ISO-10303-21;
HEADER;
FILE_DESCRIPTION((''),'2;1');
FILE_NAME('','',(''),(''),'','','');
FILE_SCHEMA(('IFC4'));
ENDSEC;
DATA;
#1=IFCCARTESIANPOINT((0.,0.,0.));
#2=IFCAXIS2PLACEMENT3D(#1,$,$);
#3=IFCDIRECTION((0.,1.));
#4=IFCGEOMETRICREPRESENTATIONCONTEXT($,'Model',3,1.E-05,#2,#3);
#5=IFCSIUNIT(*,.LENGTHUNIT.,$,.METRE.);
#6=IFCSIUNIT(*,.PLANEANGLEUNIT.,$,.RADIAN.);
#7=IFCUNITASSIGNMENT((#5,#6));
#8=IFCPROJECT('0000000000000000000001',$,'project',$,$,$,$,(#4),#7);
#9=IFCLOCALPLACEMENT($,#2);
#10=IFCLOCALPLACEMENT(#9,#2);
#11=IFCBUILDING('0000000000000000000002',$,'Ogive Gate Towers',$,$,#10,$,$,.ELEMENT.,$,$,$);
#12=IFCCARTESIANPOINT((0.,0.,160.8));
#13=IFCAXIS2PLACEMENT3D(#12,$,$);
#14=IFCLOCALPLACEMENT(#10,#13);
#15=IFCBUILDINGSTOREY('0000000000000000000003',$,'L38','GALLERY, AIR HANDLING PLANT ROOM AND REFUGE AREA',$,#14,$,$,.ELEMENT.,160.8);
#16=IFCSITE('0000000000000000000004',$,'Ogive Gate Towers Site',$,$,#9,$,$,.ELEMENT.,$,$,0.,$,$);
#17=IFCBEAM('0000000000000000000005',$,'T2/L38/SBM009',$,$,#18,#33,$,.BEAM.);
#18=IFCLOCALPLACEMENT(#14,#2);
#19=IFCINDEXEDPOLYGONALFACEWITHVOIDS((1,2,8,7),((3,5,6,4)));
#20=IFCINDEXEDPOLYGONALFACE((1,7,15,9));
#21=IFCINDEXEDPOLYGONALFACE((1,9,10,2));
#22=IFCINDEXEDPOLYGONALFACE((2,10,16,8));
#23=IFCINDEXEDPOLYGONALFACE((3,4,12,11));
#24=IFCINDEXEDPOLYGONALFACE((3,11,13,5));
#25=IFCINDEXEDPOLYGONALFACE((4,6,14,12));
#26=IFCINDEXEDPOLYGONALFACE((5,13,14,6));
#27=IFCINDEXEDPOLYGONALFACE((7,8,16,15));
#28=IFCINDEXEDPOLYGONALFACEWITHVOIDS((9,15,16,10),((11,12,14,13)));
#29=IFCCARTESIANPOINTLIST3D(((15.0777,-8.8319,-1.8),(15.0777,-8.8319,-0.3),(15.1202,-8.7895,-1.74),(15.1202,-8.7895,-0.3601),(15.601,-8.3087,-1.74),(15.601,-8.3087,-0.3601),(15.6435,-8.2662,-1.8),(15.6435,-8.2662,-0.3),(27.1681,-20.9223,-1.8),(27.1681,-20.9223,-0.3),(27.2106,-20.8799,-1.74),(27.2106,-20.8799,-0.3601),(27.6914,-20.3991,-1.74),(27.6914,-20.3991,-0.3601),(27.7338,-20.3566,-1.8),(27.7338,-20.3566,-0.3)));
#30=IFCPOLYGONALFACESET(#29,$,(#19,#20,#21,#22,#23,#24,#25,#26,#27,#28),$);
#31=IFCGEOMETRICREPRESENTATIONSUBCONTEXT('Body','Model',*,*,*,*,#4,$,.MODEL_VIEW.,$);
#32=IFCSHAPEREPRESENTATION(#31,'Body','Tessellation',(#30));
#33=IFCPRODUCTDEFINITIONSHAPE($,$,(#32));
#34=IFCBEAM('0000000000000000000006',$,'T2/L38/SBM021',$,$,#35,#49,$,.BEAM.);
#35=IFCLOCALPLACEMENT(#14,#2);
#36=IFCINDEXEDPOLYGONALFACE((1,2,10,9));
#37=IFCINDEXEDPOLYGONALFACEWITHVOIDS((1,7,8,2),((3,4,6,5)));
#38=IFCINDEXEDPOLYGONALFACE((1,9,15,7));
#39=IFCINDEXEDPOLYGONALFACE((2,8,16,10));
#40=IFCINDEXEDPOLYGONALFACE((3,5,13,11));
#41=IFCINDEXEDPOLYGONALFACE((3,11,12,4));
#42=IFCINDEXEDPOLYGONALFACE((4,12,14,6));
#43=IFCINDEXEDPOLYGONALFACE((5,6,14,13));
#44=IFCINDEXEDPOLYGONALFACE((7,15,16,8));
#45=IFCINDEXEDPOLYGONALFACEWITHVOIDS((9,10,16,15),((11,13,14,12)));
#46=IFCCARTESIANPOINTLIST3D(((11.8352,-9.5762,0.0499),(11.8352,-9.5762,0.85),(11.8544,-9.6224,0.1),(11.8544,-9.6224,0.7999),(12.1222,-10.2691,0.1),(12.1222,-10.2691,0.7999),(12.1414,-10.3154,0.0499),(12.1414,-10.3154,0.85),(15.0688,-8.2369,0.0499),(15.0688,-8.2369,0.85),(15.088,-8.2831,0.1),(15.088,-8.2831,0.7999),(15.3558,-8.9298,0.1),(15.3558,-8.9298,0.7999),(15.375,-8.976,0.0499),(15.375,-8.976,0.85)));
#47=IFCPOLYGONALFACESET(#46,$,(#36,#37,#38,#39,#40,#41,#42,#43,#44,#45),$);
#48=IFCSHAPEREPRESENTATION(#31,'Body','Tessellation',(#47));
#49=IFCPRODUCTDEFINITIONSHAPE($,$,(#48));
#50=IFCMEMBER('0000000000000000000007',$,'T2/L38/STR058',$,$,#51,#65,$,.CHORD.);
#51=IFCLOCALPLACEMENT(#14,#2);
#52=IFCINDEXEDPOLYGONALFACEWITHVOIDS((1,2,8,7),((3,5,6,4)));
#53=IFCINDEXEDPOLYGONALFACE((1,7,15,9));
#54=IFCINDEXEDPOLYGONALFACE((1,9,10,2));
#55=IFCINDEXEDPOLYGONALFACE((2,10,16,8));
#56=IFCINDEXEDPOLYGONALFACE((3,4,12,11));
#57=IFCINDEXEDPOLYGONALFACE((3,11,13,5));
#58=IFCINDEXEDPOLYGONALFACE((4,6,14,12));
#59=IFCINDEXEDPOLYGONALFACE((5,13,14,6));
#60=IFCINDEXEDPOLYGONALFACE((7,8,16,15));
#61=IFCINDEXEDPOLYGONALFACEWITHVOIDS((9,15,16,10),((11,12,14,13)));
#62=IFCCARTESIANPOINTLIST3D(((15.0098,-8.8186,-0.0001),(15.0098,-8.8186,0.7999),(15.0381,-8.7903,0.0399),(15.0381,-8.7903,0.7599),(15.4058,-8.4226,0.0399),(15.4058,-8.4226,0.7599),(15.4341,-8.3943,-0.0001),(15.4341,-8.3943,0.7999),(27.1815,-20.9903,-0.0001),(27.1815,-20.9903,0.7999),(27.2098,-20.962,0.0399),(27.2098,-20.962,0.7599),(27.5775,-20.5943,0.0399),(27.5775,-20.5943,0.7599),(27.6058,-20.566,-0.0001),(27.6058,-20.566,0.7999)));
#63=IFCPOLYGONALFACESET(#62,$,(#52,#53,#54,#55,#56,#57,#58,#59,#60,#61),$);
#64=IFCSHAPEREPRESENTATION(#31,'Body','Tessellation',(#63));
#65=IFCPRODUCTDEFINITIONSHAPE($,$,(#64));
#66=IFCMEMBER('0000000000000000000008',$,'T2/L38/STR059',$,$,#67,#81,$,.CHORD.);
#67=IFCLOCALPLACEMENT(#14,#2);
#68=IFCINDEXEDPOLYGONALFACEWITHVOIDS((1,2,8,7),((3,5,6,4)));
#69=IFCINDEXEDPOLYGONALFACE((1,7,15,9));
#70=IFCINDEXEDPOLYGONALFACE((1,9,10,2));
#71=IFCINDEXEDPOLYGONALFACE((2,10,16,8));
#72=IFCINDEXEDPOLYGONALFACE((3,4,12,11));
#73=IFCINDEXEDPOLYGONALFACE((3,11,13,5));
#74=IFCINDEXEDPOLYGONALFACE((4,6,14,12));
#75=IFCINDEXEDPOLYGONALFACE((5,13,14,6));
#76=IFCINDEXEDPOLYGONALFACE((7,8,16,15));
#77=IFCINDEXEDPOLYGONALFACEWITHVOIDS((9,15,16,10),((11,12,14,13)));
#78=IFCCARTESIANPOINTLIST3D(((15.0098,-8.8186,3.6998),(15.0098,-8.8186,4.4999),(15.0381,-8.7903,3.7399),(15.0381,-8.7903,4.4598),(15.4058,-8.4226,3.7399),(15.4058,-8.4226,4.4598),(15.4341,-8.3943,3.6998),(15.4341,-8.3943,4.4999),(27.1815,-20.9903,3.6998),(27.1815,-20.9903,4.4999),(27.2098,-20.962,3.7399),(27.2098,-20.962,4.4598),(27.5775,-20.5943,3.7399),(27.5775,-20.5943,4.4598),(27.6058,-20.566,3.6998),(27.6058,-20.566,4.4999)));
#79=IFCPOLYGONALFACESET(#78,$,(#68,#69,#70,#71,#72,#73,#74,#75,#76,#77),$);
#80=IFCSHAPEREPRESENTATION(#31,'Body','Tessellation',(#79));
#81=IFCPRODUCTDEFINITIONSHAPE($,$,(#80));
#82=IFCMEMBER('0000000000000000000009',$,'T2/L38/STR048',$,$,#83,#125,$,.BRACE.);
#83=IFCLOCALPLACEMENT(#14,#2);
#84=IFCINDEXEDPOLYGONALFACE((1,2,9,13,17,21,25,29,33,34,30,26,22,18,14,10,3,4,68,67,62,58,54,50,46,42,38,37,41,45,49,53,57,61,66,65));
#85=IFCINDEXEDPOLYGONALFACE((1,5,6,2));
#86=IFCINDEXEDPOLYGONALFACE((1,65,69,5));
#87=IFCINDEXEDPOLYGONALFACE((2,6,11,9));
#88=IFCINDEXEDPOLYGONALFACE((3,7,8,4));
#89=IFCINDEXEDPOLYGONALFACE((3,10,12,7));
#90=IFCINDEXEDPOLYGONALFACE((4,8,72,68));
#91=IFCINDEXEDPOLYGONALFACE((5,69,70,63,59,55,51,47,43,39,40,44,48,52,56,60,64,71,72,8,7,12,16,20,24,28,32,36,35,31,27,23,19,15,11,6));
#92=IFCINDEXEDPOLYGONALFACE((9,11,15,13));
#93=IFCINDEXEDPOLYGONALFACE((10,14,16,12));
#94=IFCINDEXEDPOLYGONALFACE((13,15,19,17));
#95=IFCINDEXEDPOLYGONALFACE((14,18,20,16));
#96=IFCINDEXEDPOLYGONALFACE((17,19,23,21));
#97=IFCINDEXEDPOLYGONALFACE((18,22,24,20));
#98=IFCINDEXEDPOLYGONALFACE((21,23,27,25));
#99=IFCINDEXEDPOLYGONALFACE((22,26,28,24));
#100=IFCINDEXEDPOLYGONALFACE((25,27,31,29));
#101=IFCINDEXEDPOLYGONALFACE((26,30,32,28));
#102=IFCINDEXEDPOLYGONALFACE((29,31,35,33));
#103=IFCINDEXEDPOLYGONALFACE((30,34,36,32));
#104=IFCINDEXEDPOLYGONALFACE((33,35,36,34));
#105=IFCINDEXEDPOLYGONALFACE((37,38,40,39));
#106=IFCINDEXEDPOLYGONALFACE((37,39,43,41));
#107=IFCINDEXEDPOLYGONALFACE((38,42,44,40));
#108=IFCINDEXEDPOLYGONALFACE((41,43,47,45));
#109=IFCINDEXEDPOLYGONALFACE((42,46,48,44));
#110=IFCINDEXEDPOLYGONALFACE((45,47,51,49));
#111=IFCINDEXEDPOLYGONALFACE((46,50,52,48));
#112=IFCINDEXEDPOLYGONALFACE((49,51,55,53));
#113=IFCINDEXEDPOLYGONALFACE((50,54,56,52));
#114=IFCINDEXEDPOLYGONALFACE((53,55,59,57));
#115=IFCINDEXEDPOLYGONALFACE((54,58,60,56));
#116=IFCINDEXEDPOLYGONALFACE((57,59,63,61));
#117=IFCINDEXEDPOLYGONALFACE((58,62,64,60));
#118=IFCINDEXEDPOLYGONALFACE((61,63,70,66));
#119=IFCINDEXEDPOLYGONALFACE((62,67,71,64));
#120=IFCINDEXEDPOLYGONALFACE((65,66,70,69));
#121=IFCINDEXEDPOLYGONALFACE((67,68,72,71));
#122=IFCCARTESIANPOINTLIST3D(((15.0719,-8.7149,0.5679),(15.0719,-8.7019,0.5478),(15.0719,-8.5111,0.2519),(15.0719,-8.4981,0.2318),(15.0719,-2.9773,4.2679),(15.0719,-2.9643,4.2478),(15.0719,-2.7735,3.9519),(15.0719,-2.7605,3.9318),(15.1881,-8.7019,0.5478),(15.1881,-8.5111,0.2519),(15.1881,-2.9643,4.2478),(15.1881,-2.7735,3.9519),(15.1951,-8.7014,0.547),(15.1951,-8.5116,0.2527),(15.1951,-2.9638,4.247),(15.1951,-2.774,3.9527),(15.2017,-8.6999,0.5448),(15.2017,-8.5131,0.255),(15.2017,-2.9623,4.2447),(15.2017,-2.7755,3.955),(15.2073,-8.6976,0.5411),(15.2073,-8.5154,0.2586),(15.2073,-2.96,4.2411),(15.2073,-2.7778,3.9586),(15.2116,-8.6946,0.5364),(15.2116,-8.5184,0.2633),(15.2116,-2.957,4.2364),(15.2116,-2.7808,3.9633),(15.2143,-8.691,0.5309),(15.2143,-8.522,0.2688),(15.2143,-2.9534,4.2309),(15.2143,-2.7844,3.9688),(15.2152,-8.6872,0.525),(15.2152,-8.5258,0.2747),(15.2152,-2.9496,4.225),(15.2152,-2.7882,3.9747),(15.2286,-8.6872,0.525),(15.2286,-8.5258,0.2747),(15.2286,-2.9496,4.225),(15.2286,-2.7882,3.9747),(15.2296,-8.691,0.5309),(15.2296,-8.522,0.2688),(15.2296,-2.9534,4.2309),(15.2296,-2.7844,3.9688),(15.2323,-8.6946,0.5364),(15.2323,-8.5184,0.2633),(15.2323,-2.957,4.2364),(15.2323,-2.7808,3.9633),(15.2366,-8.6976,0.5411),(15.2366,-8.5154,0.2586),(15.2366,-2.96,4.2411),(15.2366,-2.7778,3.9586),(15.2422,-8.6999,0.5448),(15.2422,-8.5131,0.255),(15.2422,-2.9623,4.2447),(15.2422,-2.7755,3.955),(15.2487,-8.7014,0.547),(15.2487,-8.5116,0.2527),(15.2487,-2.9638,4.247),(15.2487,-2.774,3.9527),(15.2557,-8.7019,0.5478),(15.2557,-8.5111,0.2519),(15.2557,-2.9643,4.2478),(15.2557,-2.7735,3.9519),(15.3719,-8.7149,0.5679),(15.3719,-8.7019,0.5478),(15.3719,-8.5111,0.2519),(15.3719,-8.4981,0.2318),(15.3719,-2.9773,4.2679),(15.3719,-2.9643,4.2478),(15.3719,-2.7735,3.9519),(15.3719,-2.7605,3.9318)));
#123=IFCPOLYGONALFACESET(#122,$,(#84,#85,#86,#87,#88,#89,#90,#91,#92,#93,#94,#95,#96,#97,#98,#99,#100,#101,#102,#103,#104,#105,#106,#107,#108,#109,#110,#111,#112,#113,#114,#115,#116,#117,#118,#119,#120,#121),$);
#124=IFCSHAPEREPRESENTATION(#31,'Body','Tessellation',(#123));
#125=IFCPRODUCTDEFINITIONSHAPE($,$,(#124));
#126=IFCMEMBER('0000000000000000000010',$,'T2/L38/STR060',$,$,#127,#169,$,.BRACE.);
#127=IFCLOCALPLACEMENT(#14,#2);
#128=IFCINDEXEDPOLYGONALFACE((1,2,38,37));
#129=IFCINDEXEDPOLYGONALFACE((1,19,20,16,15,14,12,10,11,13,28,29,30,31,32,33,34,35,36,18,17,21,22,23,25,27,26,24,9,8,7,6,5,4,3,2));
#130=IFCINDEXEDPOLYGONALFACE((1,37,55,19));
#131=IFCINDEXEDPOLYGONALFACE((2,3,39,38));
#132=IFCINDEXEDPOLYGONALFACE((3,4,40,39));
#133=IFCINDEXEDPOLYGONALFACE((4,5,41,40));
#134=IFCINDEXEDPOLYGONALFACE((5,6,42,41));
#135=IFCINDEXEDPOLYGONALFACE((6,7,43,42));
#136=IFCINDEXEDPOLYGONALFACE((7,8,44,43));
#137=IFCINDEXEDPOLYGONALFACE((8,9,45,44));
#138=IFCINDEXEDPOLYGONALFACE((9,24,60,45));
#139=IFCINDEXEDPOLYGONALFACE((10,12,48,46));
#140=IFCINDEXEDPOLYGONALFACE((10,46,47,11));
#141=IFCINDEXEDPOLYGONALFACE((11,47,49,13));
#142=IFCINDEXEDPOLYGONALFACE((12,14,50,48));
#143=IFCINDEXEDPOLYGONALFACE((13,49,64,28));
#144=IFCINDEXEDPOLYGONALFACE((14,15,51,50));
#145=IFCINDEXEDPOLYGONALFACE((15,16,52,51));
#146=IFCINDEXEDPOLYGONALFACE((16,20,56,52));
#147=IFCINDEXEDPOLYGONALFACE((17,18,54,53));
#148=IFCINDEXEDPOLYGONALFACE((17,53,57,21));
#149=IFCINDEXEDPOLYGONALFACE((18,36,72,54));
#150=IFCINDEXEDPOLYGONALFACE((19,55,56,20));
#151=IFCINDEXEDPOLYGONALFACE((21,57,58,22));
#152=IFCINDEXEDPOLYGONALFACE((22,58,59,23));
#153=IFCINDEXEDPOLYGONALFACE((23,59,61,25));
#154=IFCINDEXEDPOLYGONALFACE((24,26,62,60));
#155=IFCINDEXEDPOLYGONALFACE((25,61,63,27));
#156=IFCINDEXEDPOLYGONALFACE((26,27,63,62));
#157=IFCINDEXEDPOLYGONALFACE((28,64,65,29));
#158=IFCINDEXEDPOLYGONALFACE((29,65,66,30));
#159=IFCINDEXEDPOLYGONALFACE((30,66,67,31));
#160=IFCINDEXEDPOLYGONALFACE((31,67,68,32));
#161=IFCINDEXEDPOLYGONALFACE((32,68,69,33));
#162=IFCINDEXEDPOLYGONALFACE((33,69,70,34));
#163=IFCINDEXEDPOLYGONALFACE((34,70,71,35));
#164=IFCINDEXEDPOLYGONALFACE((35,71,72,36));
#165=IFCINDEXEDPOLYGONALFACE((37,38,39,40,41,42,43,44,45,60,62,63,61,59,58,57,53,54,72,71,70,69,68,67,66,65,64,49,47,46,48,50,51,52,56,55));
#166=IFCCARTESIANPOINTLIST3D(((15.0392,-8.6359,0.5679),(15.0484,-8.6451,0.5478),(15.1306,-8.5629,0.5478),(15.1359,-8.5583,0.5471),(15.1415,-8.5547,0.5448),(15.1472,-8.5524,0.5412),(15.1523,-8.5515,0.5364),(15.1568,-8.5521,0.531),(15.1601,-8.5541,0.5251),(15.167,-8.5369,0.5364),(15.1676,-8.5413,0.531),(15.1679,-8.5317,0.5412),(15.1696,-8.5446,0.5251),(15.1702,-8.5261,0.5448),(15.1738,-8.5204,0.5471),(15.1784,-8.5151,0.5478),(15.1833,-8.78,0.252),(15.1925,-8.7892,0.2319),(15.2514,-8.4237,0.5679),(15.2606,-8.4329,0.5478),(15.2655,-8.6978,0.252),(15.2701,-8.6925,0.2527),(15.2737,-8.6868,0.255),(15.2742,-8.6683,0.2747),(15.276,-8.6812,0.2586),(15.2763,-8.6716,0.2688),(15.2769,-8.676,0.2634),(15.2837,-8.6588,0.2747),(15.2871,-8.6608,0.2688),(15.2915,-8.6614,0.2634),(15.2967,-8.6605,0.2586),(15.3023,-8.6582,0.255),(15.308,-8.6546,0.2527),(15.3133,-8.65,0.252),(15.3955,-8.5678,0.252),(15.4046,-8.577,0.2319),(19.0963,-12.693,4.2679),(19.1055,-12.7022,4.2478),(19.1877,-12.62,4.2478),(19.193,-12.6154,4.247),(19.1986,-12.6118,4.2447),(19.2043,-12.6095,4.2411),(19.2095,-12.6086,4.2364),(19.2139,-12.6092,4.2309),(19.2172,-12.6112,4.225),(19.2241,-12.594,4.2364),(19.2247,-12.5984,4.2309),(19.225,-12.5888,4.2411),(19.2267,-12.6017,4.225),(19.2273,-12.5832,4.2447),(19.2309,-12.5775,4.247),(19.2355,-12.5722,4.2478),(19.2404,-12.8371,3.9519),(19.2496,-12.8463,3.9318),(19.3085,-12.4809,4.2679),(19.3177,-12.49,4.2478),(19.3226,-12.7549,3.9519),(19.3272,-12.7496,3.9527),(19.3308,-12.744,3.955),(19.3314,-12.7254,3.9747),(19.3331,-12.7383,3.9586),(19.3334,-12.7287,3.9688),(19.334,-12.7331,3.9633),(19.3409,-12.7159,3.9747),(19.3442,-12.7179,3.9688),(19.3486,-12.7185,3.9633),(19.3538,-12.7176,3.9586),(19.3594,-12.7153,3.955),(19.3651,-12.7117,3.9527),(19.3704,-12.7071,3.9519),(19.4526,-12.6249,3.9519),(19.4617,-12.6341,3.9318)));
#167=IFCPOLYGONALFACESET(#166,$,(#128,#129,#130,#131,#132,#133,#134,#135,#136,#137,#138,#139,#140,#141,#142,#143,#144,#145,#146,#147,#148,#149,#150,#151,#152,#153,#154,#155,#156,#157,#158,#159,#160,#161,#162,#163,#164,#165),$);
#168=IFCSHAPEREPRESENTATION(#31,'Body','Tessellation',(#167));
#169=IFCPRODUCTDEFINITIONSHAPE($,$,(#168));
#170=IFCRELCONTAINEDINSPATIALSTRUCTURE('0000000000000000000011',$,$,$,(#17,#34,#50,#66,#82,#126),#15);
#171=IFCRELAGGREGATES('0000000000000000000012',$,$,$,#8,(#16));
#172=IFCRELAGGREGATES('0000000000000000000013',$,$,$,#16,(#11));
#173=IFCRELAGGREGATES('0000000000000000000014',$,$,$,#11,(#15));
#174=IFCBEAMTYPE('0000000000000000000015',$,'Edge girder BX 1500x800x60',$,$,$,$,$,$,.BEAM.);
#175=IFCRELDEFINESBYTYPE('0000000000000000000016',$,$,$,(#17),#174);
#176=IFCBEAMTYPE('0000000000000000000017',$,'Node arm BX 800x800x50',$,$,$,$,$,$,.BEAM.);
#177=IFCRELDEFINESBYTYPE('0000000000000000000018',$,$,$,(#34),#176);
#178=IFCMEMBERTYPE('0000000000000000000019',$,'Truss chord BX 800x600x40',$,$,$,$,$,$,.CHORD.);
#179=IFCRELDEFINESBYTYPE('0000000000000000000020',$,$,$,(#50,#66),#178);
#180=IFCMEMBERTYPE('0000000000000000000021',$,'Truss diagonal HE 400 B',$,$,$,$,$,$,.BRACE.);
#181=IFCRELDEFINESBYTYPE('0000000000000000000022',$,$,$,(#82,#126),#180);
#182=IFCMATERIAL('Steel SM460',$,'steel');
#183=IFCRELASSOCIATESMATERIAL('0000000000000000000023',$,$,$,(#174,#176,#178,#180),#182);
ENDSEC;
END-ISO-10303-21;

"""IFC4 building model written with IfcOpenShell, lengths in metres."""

from ifc_helpers import new_model, si_unit, direction, frame, origin, origin_2d, place, context, subcontext, project, spatial, hollow_rectangle, i_section, extrude, material, material_profile, profile_set, type_object, element, save


model = new_model("IFC4")

# Units and contexts
model_context = context("Model", 3, precision=1e-05, world=origin(), true_north=direction((0.0, 1.0)))
body_context = subcontext(model_context, "Body", "Model", "MODEL_VIEW")
ifc_project = project(units=[si_unit("LENGTHUNIT", "METRE"), si_unit("PLANEANGLEUNIT", "RADIAN")], contexts=[model_context])

# Site, building, storey
site_placement = place(None, origin())
site = spatial("IfcSite", under=ifc_project, at=site_placement, Name="Ogive Gate Towers Site", CompositionType="ELEMENT", RefElevation=0.0)
building_placement = place(site_placement, origin())
building = spatial("IfcBuilding", under=site, at=building_placement, Name="Ogive Gate Towers", CompositionType="ELEMENT")
storey_placement = place(building_placement, frame((0.0, 0.0, 160.8)))
storey = spatial("IfcBuildingStorey", under=building, at=storey_placement, Name="L38", Description="GALLERY, AIR HANDLING PLANT ROOM AND REFUGE AREA", CompositionType="ELEMENT", Elevation=160.8)

# Shared definitions
ifc_material_1 = material(Name="Steel SM460", Category="steel")

# Beams
ifc_material_profile_1 = material_profile(ifc_material_1, hollow_rectangle(XDim=0.8, YDim=1.5, WallThickness=0.0601, at=origin_2d()), Name="BX 1500x800x60")
ifc_profile_set_1 = profile_set([ifc_material_profile_1], Name="Steel SM460")
beam_type_1 = type_object("IfcBeamType", Name="Edge girder BX 1500x800x60", PredefinedType="BEAM", material=ifc_profile_set_1)
beam_1_placement = place(storey_placement, frame((15.3606, -8.5491, -1.05), z_axis=(0.707107, -0.707107, 0.0), x_axis=(0.707107, 0.707107, 0.0)))
element("IfcBeam", 1, at=beam_1_placement, inside=storey, type_object=beam_type_1, Name="T2/L38/SBM009", PredefinedType="BEAM", context=body_context, shape_type="SweptSolid", body=[
    extrude(hollow_rectangle(XDim=0.8, YDim=1.5, WallThickness=0.0601, at=origin_2d()), origin(), (0.0, 0.0, 1.0), 17.0984),
])
ifc_material_profile_2 = material_profile(ifc_material_1, hollow_rectangle(XDim=0.8, YDim=0.8, WallThickness=0.05, at=origin_2d()), Name="BX 800x800x50")
ifc_profile_set_2 = profile_set([ifc_material_profile_2], Name="Steel SM460")
beam_type_2 = type_object("IfcBeamType", Name="Node arm BX 800x800x50", PredefinedType="BEAM", material=ifc_profile_set_2)
beam_2_placement = place(storey_placement, frame((15.2219, -8.6064, 0.45), z_axis=(-0.923886, -0.382668, 0.0), x_axis=(0.382668, -0.923886, 0.0)))
element("IfcBeam", 2, at=beam_2_placement, inside=storey, type_object=beam_type_2, Name="T2/L38/SBM021", PredefinedType="BEAM", context=body_context, shape_type="SweptSolid", body=[
    extrude(hollow_rectangle(XDim=0.8, YDim=0.8, WallThickness=0.05, at=origin_2d()), origin(), (0.0, 0.0, 1.0), 3.5),
])

# Members
ifc_material_profile_3 = material_profile(ifc_material_1, hollow_rectangle(XDim=0.6001, YDim=0.8, WallThickness=0.04, at=origin_2d()), Name="BX 800x600x40")
ifc_profile_set_3 = profile_set([ifc_material_profile_3], Name="Steel SM460")
member_type_1 = type_object("IfcMemberType", Name="Truss chord BX 800x600x40", PredefinedType="CHORD", material=ifc_profile_set_3)
for number, where, z_axis, x_axis, name in (
    (3, (15.2219, -8.6064, 0.3999), (0.707107, -0.707107, 0.0), (0.707107, 0.707107, 0.0), "T2/L38/STR058"),
    (4, (15.2219, -8.6064, 4.0999), (0.707107, -0.707107, 0.0), (0.707107, 0.707107, 0.0), "T2/L38/STR059"),
):
    element("IfcMember", number, at=place(storey_placement, frame(where, z_axis=z_axis, x_axis=x_axis)), inside=storey, type_object=member_type_1, Name=name, PredefinedType="CHORD", context=body_context, shape_type="SweptSolid", body=[
        extrude(hollow_rectangle(XDim=0.6001, YDim=0.8, WallThickness=0.04, at=origin_2d()), origin(), (0.0, 0.0, 1.0), 17.2134),
    ])
ifc_material_profile_4 = material_profile(ifc_material_1, i_section(OverallWidth=0.3, OverallDepth=0.3999, WebThickness=0.0134, FlangeThickness=0.0239, FilletRadius=0.0271, at=origin_2d()), Name="HE 400 B")
ifc_profile_set_4 = profile_set([ifc_material_profile_4], Name="Steel SM460")
member_type_2 = type_object("IfcMemberType", Name="Truss diagonal HE 400 B", PredefinedType="BRACE", material=ifc_profile_set_4)
for number, where, z_axis, x_axis, name in (
    (5, (15.2219, -2.8689, 4.0999), (0.0, -0.84041, -0.541952), (1.0, 0.0, 0.0), "T2/L38/STR048"),
    (6, (15.2219, -8.6064, 0.3999), (0.594262, -0.594262, 0.541945), (0.707107, 0.707107, 0.0), "T2/L38/STR060"),
):
    element("IfcMember", number, at=place(storey_placement, frame(where, z_axis=z_axis, x_axis=x_axis)), inside=storey, type_object=member_type_2, Name=name, PredefinedType="BRACE", context=body_context, shape_type="SweptSolid", body=[
        extrude(i_section(OverallWidth=0.3, OverallDepth=0.3999, WebThickness=0.0134, FlangeThickness=0.0239, FilletRadius=0.0271, at=origin_2d()), origin(), (0.0, 0.0, 1.0), 6.8271),
    ])

save(model, "model.ifc")
